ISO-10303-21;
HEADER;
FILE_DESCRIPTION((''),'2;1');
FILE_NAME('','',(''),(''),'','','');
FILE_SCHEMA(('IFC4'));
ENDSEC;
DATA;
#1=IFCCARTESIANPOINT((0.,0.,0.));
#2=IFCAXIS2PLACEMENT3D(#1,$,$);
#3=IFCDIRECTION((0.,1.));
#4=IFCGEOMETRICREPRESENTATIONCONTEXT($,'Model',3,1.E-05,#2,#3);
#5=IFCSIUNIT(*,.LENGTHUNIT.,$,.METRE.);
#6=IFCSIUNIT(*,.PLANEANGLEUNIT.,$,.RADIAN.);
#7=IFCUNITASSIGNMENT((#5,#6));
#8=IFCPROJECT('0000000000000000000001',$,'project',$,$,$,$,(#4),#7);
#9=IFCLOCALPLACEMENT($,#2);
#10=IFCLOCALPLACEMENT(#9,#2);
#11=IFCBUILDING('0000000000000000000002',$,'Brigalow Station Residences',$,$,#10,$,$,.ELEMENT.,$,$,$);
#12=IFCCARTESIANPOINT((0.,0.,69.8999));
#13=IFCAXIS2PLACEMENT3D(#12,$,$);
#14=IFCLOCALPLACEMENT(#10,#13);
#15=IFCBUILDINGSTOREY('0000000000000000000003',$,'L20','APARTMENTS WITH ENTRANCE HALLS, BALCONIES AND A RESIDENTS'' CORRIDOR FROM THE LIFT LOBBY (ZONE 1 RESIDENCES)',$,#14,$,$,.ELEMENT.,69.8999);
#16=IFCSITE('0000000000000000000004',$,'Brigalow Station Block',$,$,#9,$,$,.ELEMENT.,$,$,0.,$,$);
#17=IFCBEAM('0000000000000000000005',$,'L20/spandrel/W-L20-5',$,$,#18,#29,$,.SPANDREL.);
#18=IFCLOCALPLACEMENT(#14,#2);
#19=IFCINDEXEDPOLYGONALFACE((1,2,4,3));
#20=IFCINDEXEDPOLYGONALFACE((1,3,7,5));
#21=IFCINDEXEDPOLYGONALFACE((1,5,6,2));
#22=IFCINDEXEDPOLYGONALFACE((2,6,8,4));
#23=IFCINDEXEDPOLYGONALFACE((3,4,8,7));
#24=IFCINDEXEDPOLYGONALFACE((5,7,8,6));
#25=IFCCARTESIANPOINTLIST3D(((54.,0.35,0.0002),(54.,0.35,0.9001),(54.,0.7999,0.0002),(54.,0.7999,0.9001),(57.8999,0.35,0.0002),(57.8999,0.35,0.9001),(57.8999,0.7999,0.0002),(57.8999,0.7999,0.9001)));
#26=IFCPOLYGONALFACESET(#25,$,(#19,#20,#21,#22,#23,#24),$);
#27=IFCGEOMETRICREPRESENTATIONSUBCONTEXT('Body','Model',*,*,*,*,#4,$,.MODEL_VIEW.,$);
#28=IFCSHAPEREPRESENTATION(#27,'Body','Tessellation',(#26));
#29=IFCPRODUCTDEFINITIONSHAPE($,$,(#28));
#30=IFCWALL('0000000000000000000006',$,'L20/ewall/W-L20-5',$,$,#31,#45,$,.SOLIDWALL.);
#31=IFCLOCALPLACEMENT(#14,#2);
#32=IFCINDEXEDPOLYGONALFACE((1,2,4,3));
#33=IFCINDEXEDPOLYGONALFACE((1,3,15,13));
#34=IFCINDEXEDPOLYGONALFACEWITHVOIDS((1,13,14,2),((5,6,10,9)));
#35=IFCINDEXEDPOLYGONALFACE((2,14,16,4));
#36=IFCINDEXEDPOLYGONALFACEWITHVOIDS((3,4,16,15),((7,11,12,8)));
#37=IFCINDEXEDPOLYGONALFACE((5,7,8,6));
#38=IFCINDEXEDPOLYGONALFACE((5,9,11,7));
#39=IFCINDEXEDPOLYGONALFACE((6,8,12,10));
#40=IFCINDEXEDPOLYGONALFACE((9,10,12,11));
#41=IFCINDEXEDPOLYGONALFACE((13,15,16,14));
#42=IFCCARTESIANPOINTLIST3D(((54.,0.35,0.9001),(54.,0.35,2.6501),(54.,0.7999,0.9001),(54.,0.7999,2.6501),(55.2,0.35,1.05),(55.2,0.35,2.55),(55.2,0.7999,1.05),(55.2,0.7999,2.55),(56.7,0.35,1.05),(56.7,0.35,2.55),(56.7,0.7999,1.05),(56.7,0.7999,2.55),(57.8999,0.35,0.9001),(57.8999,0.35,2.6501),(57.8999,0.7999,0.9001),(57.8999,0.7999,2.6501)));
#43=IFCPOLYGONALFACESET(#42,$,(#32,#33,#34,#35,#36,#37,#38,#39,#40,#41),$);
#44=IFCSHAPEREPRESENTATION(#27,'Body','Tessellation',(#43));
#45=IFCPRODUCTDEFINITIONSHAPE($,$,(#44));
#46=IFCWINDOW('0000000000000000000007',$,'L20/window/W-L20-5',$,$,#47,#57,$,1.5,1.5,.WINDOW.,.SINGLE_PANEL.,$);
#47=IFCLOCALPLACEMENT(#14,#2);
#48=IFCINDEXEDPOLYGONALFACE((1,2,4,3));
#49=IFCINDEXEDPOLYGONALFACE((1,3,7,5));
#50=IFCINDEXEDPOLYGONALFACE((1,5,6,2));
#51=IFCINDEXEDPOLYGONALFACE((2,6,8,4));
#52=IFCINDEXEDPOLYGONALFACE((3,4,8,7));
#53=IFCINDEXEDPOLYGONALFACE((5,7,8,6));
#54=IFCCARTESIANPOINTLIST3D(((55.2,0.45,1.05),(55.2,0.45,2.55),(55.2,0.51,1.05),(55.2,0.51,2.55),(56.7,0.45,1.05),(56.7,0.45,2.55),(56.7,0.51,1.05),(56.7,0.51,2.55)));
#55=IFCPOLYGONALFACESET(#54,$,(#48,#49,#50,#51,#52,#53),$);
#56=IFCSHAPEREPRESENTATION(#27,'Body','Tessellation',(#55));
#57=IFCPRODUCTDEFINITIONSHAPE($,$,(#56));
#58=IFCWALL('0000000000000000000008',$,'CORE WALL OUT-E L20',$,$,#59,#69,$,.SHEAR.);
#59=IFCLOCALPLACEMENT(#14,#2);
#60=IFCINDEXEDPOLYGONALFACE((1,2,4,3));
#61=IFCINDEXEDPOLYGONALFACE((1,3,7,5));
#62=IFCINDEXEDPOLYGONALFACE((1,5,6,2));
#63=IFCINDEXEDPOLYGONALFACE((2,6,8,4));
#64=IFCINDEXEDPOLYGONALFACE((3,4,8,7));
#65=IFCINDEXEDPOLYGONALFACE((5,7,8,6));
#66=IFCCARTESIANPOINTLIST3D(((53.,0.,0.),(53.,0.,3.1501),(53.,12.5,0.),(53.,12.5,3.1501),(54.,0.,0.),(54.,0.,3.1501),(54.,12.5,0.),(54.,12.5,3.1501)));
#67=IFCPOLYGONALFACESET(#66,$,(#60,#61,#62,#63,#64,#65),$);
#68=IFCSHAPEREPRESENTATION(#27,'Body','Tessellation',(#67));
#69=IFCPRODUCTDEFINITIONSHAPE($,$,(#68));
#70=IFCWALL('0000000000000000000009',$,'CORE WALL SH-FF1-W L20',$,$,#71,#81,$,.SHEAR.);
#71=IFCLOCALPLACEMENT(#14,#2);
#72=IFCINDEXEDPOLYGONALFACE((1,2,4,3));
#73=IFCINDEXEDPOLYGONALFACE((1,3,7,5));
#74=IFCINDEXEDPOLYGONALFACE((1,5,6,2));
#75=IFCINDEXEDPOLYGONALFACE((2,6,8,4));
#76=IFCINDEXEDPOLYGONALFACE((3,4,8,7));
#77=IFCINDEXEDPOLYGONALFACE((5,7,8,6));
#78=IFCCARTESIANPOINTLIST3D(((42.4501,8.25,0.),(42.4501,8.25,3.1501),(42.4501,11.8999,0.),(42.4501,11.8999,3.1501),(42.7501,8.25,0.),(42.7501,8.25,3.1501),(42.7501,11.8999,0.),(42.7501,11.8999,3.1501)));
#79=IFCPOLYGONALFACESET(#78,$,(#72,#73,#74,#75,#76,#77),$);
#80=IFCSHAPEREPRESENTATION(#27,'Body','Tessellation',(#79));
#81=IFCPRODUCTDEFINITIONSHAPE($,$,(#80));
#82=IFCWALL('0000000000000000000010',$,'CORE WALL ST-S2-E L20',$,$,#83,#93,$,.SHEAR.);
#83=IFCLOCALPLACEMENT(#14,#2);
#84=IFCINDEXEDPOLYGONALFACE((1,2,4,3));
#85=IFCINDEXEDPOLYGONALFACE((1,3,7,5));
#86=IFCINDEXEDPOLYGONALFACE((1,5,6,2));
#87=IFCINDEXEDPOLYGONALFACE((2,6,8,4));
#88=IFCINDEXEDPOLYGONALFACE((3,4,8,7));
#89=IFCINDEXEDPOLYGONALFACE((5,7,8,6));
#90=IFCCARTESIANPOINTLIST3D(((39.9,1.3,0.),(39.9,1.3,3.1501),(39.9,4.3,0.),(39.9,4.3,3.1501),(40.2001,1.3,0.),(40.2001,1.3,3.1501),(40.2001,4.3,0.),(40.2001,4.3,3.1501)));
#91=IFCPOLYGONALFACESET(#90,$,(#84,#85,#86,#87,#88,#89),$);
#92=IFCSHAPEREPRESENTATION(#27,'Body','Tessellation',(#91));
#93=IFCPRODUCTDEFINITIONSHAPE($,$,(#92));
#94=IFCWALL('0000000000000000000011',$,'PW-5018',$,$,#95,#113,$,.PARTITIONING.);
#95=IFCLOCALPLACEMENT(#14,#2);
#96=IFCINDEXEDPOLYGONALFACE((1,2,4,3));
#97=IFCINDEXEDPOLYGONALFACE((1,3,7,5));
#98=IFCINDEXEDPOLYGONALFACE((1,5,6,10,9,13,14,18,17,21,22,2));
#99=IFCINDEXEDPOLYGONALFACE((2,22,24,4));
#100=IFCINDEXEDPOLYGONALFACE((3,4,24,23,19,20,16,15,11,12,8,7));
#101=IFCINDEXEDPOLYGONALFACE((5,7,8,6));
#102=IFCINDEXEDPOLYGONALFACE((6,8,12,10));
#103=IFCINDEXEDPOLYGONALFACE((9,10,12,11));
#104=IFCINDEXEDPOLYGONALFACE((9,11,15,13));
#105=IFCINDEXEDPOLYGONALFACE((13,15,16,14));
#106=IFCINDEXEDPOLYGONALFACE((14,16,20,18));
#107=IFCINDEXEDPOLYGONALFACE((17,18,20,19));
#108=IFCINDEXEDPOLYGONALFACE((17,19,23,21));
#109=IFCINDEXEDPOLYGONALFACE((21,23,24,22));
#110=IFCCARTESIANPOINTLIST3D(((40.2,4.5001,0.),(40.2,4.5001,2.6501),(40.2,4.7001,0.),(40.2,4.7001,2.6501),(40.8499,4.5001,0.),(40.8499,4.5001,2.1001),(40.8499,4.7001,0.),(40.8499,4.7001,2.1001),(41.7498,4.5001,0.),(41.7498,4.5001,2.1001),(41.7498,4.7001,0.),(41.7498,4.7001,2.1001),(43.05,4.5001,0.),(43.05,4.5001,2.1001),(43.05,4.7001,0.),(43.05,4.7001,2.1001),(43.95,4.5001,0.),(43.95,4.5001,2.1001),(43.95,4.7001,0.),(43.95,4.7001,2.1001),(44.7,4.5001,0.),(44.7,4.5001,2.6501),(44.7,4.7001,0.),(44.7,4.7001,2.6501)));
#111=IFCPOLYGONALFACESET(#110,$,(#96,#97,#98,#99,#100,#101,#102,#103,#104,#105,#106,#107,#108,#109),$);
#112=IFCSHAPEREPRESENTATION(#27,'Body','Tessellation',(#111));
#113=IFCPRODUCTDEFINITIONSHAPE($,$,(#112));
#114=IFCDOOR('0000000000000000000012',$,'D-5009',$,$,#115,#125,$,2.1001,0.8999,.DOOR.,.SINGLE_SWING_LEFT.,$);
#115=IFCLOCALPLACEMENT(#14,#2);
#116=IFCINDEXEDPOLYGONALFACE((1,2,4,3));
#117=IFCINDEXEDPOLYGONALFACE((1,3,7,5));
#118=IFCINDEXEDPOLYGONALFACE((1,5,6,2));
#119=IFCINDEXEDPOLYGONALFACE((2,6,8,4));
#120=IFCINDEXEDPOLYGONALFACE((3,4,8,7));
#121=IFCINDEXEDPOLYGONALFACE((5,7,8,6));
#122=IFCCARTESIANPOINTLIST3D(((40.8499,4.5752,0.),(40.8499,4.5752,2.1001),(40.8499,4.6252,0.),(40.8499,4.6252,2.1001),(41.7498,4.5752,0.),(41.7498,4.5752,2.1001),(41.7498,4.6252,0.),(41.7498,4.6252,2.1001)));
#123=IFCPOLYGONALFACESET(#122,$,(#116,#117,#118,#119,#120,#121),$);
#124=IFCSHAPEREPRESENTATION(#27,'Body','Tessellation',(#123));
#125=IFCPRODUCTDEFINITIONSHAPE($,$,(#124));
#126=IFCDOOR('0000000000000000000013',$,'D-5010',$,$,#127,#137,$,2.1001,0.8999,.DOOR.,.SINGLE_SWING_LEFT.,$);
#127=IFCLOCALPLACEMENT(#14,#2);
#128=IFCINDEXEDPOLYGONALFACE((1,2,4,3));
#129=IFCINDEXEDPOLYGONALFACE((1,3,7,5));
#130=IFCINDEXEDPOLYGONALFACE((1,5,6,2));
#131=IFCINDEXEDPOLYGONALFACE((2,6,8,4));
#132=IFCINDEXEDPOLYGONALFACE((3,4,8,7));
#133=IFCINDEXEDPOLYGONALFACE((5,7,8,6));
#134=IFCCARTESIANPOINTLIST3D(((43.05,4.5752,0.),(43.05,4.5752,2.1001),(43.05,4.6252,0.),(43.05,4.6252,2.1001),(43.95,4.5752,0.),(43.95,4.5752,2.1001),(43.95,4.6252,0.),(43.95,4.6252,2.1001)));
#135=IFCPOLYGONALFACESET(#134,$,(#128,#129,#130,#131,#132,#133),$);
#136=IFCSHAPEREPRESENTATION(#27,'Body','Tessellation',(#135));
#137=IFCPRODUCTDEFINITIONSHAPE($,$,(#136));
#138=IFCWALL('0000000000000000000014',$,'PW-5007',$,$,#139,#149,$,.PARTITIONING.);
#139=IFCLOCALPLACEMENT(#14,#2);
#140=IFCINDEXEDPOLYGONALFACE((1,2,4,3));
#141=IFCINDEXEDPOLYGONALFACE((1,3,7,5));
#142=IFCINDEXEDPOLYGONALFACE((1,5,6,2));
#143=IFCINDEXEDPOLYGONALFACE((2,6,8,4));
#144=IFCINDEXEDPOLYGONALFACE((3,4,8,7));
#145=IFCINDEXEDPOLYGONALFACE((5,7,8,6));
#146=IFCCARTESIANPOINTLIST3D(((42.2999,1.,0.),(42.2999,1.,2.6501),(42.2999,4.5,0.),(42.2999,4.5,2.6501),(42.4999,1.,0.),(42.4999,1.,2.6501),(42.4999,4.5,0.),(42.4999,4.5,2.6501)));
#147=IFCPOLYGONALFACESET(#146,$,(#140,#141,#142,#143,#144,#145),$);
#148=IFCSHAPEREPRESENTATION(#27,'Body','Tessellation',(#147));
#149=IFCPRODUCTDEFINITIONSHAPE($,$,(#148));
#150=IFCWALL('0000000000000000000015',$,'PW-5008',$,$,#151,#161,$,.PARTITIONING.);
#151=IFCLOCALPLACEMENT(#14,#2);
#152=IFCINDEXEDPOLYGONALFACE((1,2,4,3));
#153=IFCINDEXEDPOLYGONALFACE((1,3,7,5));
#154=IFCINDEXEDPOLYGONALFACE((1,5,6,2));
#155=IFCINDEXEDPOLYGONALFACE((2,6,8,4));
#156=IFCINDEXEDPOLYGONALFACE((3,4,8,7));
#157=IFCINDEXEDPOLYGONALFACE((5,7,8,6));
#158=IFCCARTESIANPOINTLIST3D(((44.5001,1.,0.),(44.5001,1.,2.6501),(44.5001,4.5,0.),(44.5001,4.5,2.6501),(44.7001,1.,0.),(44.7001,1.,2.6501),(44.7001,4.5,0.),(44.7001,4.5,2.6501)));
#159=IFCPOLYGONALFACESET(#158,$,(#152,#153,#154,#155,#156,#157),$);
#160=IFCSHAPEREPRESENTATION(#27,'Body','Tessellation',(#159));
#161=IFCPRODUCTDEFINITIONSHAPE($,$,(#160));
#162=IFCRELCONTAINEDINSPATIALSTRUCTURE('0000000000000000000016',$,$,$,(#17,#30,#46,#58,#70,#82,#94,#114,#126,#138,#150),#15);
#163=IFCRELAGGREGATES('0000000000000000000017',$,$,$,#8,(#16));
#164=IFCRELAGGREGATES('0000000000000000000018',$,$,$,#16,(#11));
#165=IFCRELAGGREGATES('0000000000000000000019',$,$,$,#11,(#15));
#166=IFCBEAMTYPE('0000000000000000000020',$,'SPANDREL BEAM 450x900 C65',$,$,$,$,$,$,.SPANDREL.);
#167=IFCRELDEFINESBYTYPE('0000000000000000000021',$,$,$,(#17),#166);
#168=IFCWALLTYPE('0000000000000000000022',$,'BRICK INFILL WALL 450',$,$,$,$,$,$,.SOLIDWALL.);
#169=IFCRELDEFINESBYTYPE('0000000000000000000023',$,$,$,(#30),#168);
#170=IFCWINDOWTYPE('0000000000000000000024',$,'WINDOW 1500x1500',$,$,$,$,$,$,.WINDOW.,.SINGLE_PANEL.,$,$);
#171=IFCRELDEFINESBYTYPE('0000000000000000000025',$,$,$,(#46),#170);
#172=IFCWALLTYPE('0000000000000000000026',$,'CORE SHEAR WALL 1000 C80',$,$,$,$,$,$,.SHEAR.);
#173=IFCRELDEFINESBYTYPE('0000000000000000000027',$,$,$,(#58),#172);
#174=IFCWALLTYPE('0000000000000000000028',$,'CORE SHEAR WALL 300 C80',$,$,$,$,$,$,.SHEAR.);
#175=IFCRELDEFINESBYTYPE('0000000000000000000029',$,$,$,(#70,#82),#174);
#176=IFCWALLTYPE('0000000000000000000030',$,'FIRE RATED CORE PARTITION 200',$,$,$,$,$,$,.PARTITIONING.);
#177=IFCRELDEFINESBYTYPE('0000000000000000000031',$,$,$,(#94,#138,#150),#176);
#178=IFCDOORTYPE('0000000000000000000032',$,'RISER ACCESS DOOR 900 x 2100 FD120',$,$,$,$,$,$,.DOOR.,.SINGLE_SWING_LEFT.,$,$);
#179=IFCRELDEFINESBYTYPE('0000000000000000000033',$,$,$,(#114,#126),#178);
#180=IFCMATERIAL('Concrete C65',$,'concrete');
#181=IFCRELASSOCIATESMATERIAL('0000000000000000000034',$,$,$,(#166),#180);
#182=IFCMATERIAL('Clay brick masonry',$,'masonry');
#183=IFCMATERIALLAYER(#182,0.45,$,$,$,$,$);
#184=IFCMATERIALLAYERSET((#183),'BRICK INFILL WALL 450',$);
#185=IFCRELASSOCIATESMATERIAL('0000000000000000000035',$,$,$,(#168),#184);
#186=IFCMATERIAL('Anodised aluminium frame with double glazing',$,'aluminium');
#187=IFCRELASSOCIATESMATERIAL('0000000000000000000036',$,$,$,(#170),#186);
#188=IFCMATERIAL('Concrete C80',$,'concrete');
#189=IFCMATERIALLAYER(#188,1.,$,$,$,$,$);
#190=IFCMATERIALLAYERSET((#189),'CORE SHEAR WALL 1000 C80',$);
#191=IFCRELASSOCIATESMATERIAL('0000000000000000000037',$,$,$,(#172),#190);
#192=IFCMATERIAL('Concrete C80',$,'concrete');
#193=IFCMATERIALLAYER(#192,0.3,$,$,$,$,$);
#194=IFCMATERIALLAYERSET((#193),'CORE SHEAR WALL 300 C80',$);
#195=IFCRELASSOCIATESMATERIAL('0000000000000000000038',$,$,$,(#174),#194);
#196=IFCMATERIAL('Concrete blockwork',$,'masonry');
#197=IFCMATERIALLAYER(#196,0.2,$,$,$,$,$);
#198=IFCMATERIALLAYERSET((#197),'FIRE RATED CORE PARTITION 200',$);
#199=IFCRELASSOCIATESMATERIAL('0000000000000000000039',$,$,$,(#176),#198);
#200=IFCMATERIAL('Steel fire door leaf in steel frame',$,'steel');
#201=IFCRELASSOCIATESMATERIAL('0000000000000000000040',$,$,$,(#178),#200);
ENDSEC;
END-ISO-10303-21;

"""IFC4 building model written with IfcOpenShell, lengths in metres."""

from ifc_helpers import new_model, si_unit, direction, frame, frame_2d, origin, origin_2d, place, context, subcontext, project, spatial, rectangle, extrude, material, layer, layer_set, material_profile, profile_set, type_object, element, fill, save


model = new_model("IFC4")

# Units and contexts
model_context = context("Model", 3, precision=1e-05, world=origin(), true_north=direction((0.0, 1.0)))
body_context = subcontext(model_context, "Body", "Model", "MODEL_VIEW")
ifc_project = project(units=[si_unit("LENGTHUNIT", "METRE"), si_unit("PLANEANGLEUNIT", "RADIAN")], contexts=[model_context])

# Site, building, storey
site_placement = place(None, origin())
site = spatial("IfcSite", under=ifc_project, at=site_placement, Name="Brigalow Station Block", CompositionType="ELEMENT", RefElevation=0.0)
building_placement = place(site_placement, origin())
building = spatial("IfcBuilding", under=site, at=building_placement, Name="Brigalow Station Residences", CompositionType="ELEMENT")
storey_placement = place(building_placement, frame((0.0, 0.0, 69.8999)))
storey = spatial("IfcBuildingStorey", under=building, at=storey_placement, Name="L20", Description="APARTMENTS WITH ENTRANCE HALLS, BALCONIES AND A RESIDENTS' CORRIDOR FROM THE LIFT LOBBY (ZONE 1 RESIDENCES)", CompositionType="ELEMENT", Elevation=69.8999)

# Beam
ifc_material_1 = material(Name="Concrete C65", Category="concrete")
ifc_material_profile = material_profile(ifc_material_1, rectangle(XDim=0.45, YDim=0.8999, at=origin_2d()), Name="RC450x900")
ifc_profile_set = profile_set([ifc_material_profile], Name="Concrete C65")
beam_type = type_object("IfcBeamType", Name="SPANDREL BEAM 450x900 C65", PredefinedType="SPANDREL", material=ifc_profile_set)
beam_placement = place(storey_placement, frame((54.0, 0.575, 0.4502), z_axis=(1.0, 0.0, 0.0), x_axis=(0.0, 1.0, 0.0)))
element("IfcBeam", 1, at=beam_placement, inside=storey, type_object=beam_type, Name="L20/spandrel/W-L20-5", PredefinedType="SPANDREL", context=body_context, shape_type="SweptSolid", body=[
    extrude(rectangle(XDim=0.45, YDim=0.8999, at=origin_2d()), origin(), (0.0, 0.0, 1.0), 3.8999),
])

# Wall, opening, window
ifc_material_2 = material(Name="Clay brick masonry", Category="masonry")
ifc_layer_1 = layer(ifc_material_2, 0.45)
ifc_layer_set_1 = layer_set([ifc_layer_1], Name="BRICK INFILL WALL 450")
wall_type_1 = type_object("IfcWallType", Name="BRICK INFILL WALL 450", PredefinedType="SOLIDWALL", material=ifc_layer_set_1)
wall_1_placement = place(storey_placement, frame((54.0, 0.575, 0.9001), z_axis=(0.0, 0.0, 1.0), x_axis=(1.0, 0.0, 0.0)))
wall_1 = element("IfcWall", 2, at=wall_1_placement, inside=storey, type_object=wall_type_1, Name="L20/ewall/W-L20-5", PredefinedType="SOLIDWALL", context=body_context, shape_type="SweptSolid", body=[
    extrude(rectangle(XDim=3.8999, YDim=0.45, at=frame_2d((1.95, 0.0))), origin(), (0.0, 0.0, 1.0), 1.75),
])
opening_1_placement = place(wall_1_placement, frame((1.2, 0.0, 0.1499)))
opening_1 = element("IfcOpeningElement", 3, at=opening_1_placement, cuts=wall_1, PredefinedType="OPENING", context=body_context, shape_type="SweptSolid", body=[
    extrude(rectangle(XDim=1.5, YDim=1.5, at=frame_2d((0.75, 0.75))), frame((0.0, 0.2349, 0.0), z_axis=(0.0, -1.0, 0.0), x_axis=(1.0, 0.0, 0.0)), (0.0, 0.0, 1.0), 0.47),
])
ifc_material_3 = material(Name="Anodised aluminium frame with double glazing", Category="aluminium")
window_type = type_object("IfcWindowType", Name="WINDOW 1500x1500", PartitioningType="SINGLE_PANEL", PredefinedType="WINDOW", material=ifc_material_3)
window_placement = place(opening_1_placement, origin())
window = element("IfcWindow", 4, at=window_placement, inside=storey, type_object=window_type, Name="L20/window/W-L20-5", OverallHeight=1.5, OverallWidth=1.5, PartitioningType="SINGLE_PANEL", PredefinedType="WINDOW", context=body_context, shape_type="SweptSolid", body=[
    extrude(rectangle(XDim=1.5, YDim=1.5, at=frame_2d((0.75, 0.75))), frame((0.0, -0.0649, 0.0), z_axis=(0.0, -1.0, 0.0), x_axis=(1.0, 0.0, 0.0)), (0.0, 0.0, 1.0), 0.0601),
])
fill(opening_1, window)

# Walls
ifc_material_4 = material(Name="Concrete C80", Category="concrete")
ifc_layer_2 = layer(ifc_material_4, 1.0)
ifc_layer_set_2 = layer_set([ifc_layer_2], Name="CORE SHEAR WALL 1000 C80")
wall_type_2 = type_object("IfcWallType", Name="CORE SHEAR WALL 1000 C80", PredefinedType="SHEAR", material=ifc_layer_set_2)
wall_2_placement = place(storey_placement, frame((53.5, 0.0, 0.0), z_axis=(0.0, 0.0, 1.0), x_axis=(0.0, 1.0, 0.0)))
element("IfcWall", 5, at=wall_2_placement, inside=storey, type_object=wall_type_2, Name="CORE WALL OUT-E L20", PredefinedType="SHEAR", context=body_context, shape_type="SweptSolid", body=[
    extrude(rectangle(XDim=12.5, YDim=1.0, at=frame_2d((6.25, 0.0))), origin(), (0.0, 0.0, 1.0), 3.1501),
])
ifc_material_5 = material(Name="Concrete C80", Category="concrete")
ifc_layer_3 = layer(ifc_material_5, 0.3)
ifc_layer_set_3 = layer_set([ifc_layer_3], Name="CORE SHEAR WALL 300 C80")
wall_type_3 = type_object("IfcWallType", Name="CORE SHEAR WALL 300 C80", PredefinedType="SHEAR", material=ifc_layer_set_3)
wall_3_placement = place(storey_placement, frame((42.6001, 8.25, 0.0), z_axis=(0.0, 0.0, 1.0), x_axis=(0.0, 1.0, 0.0)))
element("IfcWall", 6, at=wall_3_placement, inside=storey, type_object=wall_type_3, Name="CORE WALL SH-FF1-W L20", PredefinedType="SHEAR", context=body_context, shape_type="SweptSolid", body=[
    extrude(rectangle(XDim=3.6499, YDim=0.3, at=frame_2d((1.825, 0.0))), origin(), (0.0, 0.0, 1.0), 3.1501),
])
wall_4_placement = place(storey_placement, frame((40.05, 1.3, 0.0), z_axis=(0.0, 0.0, 1.0), x_axis=(0.0, 1.0, 0.0)))
element("IfcWall", 7, at=wall_4_placement, inside=storey, type_object=wall_type_3, Name="CORE WALL ST-S2-E L20", PredefinedType="SHEAR", context=body_context, shape_type="SweptSolid", body=[
    extrude(rectangle(XDim=3.0, YDim=0.3, at=frame_2d((1.5, 0.0))), origin(), (0.0, 0.0, 1.0), 3.1501),
])

# Wall, openings, doors
ifc_material_6 = material(Name="Concrete blockwork", Category="masonry")
ifc_layer_4 = layer(ifc_material_6, 0.2)
ifc_layer_set_4 = layer_set([ifc_layer_4], Name="FIRE RATED CORE PARTITION 200")
wall_type_4 = type_object("IfcWallType", Name="FIRE RATED CORE PARTITION 200", PredefinedType="PARTITIONING", material=ifc_layer_set_4)
wall_5_placement = place(storey_placement, frame((40.2, 4.6001, 0.0), z_axis=(0.0, 0.0, 1.0), x_axis=(1.0, 0.0, 0.0)))
wall_5 = element("IfcWall", 8, at=wall_5_placement, inside=storey, type_object=wall_type_4, Name="PW-5018", PredefinedType="PARTITIONING", context=body_context, shape_type="SweptSolid", body=[
    extrude(rectangle(XDim=4.5, YDim=0.2, at=frame_2d((2.25, 0.0))), origin(), (0.0, 0.0, 1.0), 2.6501),
])
opening_2_placement = place(wall_5_placement, frame((0.6499, 0.0, 0.0)))
opening_2 = element("IfcOpeningElement", 9, at=opening_2_placement, cuts=wall_5, PredefinedType="OPENING", context=body_context, shape_type="SweptSolid", body=[
    extrude(rectangle(XDim=0.8999, YDim=2.1001, at=frame_2d((0.45, 1.05))), frame((0.0, 0.1099, 0.0), z_axis=(0.0, -1.0, 0.0), x_axis=(1.0, 0.0, 0.0)), (0.0, 0.0, 1.0), 0.22),
])
opening_3_placement = place(wall_5_placement, frame((2.8501, 0.0, 0.0)))
opening_3 = element("IfcOpeningElement", 10, at=opening_3_placement, cuts=wall_5, PredefinedType="OPENING", context=body_context, shape_type="SweptSolid", body=[
    extrude(rectangle(XDim=0.8999, YDim=2.1001, at=frame_2d((0.45, 1.05))), frame((0.0, 0.1099, 0.0), z_axis=(0.0, -1.0, 0.0), x_axis=(1.0, 0.0, 0.0)), (0.0, 0.0, 1.0), 0.22),
])
ifc_material_7 = material(Name="Steel fire door leaf in steel frame", Category="steel")
door_type_1 = type_object("IfcDoorType", Name="RISER ACCESS DOOR 900 x 2100 FD120", OperationType="SINGLE_SWING_LEFT", PredefinedType="DOOR", material=ifc_material_7)
door_1_placement = place(opening_2_placement, frame((0.8999, 0.0, 0.0), z_axis=(0.0, 0.0, 1.0), x_axis=(-1.0, 0.0, 0.0)))
door_1 = element("IfcDoor", 11, at=door_1_placement, inside=storey, type_object=door_type_1, Name="D-5009", OperationType="SINGLE_SWING_LEFT", OverallHeight=2.1001, OverallWidth=0.8999, PredefinedType="DOOR", context=body_context, shape_type="SweptSolid", body=[
    extrude(rectangle(XDim=0.8999, YDim=2.1001, at=frame_2d((0.45, 1.05))), frame((0.0, 0.0249, 0.0), z_axis=(0.0, -1.0, 0.0), x_axis=(1.0, 0.0, 0.0)), (0.0, 0.0, 1.0), 0.05),
])
fill(opening_2, door_1)
door_2_placement = place(opening_3_placement, frame((0.8999, 0.0, 0.0), z_axis=(0.0, 0.0, 1.0), x_axis=(-1.0, 0.0, 0.0)))
door_2 = element("IfcDoor", 12, at=door_2_placement, inside=storey, type_object=door_type_1, Name="D-5010", OperationType="SINGLE_SWING_LEFT", OverallHeight=2.1001, OverallWidth=0.8999, PredefinedType="DOOR", context=body_context, shape_type="SweptSolid", body=[
    extrude(rectangle(XDim=0.8999, YDim=2.1001, at=frame_2d((0.45, 1.05))), frame((0.0, 0.0249, 0.0), z_axis=(0.0, -1.0, 0.0), x_axis=(1.0, 0.0, 0.0)), (0.0, 0.0, 1.0), 0.05),
])
fill(opening_3, door_2)

# Walls
for number, where, z_axis, x_axis, name in (
    (13, (42.3999, 1.0, 0.0), (0.0, 0.0, 1.0), (0.0, 1.0, 0.0), "PW-5007"),
    (14, (44.6001, 1.0, 0.0), (0.0, 0.0, 1.0), (0.0, 1.0, 0.0), "PW-5008"),
):
    element("IfcWall", number, at=place(storey_placement, frame(where, z_axis=z_axis, x_axis=x_axis)), inside=storey, type_object=wall_type_4, Name=name, PredefinedType="PARTITIONING", context=body_context, shape_type="SweptSolid", body=[
        extrude(rectangle(XDim=3.5, YDim=0.2, at=frame_2d((1.75, 0.0))), origin(), (0.0, 0.0, 1.0), 2.6501),
    ])

save(model, "model.ifc")
